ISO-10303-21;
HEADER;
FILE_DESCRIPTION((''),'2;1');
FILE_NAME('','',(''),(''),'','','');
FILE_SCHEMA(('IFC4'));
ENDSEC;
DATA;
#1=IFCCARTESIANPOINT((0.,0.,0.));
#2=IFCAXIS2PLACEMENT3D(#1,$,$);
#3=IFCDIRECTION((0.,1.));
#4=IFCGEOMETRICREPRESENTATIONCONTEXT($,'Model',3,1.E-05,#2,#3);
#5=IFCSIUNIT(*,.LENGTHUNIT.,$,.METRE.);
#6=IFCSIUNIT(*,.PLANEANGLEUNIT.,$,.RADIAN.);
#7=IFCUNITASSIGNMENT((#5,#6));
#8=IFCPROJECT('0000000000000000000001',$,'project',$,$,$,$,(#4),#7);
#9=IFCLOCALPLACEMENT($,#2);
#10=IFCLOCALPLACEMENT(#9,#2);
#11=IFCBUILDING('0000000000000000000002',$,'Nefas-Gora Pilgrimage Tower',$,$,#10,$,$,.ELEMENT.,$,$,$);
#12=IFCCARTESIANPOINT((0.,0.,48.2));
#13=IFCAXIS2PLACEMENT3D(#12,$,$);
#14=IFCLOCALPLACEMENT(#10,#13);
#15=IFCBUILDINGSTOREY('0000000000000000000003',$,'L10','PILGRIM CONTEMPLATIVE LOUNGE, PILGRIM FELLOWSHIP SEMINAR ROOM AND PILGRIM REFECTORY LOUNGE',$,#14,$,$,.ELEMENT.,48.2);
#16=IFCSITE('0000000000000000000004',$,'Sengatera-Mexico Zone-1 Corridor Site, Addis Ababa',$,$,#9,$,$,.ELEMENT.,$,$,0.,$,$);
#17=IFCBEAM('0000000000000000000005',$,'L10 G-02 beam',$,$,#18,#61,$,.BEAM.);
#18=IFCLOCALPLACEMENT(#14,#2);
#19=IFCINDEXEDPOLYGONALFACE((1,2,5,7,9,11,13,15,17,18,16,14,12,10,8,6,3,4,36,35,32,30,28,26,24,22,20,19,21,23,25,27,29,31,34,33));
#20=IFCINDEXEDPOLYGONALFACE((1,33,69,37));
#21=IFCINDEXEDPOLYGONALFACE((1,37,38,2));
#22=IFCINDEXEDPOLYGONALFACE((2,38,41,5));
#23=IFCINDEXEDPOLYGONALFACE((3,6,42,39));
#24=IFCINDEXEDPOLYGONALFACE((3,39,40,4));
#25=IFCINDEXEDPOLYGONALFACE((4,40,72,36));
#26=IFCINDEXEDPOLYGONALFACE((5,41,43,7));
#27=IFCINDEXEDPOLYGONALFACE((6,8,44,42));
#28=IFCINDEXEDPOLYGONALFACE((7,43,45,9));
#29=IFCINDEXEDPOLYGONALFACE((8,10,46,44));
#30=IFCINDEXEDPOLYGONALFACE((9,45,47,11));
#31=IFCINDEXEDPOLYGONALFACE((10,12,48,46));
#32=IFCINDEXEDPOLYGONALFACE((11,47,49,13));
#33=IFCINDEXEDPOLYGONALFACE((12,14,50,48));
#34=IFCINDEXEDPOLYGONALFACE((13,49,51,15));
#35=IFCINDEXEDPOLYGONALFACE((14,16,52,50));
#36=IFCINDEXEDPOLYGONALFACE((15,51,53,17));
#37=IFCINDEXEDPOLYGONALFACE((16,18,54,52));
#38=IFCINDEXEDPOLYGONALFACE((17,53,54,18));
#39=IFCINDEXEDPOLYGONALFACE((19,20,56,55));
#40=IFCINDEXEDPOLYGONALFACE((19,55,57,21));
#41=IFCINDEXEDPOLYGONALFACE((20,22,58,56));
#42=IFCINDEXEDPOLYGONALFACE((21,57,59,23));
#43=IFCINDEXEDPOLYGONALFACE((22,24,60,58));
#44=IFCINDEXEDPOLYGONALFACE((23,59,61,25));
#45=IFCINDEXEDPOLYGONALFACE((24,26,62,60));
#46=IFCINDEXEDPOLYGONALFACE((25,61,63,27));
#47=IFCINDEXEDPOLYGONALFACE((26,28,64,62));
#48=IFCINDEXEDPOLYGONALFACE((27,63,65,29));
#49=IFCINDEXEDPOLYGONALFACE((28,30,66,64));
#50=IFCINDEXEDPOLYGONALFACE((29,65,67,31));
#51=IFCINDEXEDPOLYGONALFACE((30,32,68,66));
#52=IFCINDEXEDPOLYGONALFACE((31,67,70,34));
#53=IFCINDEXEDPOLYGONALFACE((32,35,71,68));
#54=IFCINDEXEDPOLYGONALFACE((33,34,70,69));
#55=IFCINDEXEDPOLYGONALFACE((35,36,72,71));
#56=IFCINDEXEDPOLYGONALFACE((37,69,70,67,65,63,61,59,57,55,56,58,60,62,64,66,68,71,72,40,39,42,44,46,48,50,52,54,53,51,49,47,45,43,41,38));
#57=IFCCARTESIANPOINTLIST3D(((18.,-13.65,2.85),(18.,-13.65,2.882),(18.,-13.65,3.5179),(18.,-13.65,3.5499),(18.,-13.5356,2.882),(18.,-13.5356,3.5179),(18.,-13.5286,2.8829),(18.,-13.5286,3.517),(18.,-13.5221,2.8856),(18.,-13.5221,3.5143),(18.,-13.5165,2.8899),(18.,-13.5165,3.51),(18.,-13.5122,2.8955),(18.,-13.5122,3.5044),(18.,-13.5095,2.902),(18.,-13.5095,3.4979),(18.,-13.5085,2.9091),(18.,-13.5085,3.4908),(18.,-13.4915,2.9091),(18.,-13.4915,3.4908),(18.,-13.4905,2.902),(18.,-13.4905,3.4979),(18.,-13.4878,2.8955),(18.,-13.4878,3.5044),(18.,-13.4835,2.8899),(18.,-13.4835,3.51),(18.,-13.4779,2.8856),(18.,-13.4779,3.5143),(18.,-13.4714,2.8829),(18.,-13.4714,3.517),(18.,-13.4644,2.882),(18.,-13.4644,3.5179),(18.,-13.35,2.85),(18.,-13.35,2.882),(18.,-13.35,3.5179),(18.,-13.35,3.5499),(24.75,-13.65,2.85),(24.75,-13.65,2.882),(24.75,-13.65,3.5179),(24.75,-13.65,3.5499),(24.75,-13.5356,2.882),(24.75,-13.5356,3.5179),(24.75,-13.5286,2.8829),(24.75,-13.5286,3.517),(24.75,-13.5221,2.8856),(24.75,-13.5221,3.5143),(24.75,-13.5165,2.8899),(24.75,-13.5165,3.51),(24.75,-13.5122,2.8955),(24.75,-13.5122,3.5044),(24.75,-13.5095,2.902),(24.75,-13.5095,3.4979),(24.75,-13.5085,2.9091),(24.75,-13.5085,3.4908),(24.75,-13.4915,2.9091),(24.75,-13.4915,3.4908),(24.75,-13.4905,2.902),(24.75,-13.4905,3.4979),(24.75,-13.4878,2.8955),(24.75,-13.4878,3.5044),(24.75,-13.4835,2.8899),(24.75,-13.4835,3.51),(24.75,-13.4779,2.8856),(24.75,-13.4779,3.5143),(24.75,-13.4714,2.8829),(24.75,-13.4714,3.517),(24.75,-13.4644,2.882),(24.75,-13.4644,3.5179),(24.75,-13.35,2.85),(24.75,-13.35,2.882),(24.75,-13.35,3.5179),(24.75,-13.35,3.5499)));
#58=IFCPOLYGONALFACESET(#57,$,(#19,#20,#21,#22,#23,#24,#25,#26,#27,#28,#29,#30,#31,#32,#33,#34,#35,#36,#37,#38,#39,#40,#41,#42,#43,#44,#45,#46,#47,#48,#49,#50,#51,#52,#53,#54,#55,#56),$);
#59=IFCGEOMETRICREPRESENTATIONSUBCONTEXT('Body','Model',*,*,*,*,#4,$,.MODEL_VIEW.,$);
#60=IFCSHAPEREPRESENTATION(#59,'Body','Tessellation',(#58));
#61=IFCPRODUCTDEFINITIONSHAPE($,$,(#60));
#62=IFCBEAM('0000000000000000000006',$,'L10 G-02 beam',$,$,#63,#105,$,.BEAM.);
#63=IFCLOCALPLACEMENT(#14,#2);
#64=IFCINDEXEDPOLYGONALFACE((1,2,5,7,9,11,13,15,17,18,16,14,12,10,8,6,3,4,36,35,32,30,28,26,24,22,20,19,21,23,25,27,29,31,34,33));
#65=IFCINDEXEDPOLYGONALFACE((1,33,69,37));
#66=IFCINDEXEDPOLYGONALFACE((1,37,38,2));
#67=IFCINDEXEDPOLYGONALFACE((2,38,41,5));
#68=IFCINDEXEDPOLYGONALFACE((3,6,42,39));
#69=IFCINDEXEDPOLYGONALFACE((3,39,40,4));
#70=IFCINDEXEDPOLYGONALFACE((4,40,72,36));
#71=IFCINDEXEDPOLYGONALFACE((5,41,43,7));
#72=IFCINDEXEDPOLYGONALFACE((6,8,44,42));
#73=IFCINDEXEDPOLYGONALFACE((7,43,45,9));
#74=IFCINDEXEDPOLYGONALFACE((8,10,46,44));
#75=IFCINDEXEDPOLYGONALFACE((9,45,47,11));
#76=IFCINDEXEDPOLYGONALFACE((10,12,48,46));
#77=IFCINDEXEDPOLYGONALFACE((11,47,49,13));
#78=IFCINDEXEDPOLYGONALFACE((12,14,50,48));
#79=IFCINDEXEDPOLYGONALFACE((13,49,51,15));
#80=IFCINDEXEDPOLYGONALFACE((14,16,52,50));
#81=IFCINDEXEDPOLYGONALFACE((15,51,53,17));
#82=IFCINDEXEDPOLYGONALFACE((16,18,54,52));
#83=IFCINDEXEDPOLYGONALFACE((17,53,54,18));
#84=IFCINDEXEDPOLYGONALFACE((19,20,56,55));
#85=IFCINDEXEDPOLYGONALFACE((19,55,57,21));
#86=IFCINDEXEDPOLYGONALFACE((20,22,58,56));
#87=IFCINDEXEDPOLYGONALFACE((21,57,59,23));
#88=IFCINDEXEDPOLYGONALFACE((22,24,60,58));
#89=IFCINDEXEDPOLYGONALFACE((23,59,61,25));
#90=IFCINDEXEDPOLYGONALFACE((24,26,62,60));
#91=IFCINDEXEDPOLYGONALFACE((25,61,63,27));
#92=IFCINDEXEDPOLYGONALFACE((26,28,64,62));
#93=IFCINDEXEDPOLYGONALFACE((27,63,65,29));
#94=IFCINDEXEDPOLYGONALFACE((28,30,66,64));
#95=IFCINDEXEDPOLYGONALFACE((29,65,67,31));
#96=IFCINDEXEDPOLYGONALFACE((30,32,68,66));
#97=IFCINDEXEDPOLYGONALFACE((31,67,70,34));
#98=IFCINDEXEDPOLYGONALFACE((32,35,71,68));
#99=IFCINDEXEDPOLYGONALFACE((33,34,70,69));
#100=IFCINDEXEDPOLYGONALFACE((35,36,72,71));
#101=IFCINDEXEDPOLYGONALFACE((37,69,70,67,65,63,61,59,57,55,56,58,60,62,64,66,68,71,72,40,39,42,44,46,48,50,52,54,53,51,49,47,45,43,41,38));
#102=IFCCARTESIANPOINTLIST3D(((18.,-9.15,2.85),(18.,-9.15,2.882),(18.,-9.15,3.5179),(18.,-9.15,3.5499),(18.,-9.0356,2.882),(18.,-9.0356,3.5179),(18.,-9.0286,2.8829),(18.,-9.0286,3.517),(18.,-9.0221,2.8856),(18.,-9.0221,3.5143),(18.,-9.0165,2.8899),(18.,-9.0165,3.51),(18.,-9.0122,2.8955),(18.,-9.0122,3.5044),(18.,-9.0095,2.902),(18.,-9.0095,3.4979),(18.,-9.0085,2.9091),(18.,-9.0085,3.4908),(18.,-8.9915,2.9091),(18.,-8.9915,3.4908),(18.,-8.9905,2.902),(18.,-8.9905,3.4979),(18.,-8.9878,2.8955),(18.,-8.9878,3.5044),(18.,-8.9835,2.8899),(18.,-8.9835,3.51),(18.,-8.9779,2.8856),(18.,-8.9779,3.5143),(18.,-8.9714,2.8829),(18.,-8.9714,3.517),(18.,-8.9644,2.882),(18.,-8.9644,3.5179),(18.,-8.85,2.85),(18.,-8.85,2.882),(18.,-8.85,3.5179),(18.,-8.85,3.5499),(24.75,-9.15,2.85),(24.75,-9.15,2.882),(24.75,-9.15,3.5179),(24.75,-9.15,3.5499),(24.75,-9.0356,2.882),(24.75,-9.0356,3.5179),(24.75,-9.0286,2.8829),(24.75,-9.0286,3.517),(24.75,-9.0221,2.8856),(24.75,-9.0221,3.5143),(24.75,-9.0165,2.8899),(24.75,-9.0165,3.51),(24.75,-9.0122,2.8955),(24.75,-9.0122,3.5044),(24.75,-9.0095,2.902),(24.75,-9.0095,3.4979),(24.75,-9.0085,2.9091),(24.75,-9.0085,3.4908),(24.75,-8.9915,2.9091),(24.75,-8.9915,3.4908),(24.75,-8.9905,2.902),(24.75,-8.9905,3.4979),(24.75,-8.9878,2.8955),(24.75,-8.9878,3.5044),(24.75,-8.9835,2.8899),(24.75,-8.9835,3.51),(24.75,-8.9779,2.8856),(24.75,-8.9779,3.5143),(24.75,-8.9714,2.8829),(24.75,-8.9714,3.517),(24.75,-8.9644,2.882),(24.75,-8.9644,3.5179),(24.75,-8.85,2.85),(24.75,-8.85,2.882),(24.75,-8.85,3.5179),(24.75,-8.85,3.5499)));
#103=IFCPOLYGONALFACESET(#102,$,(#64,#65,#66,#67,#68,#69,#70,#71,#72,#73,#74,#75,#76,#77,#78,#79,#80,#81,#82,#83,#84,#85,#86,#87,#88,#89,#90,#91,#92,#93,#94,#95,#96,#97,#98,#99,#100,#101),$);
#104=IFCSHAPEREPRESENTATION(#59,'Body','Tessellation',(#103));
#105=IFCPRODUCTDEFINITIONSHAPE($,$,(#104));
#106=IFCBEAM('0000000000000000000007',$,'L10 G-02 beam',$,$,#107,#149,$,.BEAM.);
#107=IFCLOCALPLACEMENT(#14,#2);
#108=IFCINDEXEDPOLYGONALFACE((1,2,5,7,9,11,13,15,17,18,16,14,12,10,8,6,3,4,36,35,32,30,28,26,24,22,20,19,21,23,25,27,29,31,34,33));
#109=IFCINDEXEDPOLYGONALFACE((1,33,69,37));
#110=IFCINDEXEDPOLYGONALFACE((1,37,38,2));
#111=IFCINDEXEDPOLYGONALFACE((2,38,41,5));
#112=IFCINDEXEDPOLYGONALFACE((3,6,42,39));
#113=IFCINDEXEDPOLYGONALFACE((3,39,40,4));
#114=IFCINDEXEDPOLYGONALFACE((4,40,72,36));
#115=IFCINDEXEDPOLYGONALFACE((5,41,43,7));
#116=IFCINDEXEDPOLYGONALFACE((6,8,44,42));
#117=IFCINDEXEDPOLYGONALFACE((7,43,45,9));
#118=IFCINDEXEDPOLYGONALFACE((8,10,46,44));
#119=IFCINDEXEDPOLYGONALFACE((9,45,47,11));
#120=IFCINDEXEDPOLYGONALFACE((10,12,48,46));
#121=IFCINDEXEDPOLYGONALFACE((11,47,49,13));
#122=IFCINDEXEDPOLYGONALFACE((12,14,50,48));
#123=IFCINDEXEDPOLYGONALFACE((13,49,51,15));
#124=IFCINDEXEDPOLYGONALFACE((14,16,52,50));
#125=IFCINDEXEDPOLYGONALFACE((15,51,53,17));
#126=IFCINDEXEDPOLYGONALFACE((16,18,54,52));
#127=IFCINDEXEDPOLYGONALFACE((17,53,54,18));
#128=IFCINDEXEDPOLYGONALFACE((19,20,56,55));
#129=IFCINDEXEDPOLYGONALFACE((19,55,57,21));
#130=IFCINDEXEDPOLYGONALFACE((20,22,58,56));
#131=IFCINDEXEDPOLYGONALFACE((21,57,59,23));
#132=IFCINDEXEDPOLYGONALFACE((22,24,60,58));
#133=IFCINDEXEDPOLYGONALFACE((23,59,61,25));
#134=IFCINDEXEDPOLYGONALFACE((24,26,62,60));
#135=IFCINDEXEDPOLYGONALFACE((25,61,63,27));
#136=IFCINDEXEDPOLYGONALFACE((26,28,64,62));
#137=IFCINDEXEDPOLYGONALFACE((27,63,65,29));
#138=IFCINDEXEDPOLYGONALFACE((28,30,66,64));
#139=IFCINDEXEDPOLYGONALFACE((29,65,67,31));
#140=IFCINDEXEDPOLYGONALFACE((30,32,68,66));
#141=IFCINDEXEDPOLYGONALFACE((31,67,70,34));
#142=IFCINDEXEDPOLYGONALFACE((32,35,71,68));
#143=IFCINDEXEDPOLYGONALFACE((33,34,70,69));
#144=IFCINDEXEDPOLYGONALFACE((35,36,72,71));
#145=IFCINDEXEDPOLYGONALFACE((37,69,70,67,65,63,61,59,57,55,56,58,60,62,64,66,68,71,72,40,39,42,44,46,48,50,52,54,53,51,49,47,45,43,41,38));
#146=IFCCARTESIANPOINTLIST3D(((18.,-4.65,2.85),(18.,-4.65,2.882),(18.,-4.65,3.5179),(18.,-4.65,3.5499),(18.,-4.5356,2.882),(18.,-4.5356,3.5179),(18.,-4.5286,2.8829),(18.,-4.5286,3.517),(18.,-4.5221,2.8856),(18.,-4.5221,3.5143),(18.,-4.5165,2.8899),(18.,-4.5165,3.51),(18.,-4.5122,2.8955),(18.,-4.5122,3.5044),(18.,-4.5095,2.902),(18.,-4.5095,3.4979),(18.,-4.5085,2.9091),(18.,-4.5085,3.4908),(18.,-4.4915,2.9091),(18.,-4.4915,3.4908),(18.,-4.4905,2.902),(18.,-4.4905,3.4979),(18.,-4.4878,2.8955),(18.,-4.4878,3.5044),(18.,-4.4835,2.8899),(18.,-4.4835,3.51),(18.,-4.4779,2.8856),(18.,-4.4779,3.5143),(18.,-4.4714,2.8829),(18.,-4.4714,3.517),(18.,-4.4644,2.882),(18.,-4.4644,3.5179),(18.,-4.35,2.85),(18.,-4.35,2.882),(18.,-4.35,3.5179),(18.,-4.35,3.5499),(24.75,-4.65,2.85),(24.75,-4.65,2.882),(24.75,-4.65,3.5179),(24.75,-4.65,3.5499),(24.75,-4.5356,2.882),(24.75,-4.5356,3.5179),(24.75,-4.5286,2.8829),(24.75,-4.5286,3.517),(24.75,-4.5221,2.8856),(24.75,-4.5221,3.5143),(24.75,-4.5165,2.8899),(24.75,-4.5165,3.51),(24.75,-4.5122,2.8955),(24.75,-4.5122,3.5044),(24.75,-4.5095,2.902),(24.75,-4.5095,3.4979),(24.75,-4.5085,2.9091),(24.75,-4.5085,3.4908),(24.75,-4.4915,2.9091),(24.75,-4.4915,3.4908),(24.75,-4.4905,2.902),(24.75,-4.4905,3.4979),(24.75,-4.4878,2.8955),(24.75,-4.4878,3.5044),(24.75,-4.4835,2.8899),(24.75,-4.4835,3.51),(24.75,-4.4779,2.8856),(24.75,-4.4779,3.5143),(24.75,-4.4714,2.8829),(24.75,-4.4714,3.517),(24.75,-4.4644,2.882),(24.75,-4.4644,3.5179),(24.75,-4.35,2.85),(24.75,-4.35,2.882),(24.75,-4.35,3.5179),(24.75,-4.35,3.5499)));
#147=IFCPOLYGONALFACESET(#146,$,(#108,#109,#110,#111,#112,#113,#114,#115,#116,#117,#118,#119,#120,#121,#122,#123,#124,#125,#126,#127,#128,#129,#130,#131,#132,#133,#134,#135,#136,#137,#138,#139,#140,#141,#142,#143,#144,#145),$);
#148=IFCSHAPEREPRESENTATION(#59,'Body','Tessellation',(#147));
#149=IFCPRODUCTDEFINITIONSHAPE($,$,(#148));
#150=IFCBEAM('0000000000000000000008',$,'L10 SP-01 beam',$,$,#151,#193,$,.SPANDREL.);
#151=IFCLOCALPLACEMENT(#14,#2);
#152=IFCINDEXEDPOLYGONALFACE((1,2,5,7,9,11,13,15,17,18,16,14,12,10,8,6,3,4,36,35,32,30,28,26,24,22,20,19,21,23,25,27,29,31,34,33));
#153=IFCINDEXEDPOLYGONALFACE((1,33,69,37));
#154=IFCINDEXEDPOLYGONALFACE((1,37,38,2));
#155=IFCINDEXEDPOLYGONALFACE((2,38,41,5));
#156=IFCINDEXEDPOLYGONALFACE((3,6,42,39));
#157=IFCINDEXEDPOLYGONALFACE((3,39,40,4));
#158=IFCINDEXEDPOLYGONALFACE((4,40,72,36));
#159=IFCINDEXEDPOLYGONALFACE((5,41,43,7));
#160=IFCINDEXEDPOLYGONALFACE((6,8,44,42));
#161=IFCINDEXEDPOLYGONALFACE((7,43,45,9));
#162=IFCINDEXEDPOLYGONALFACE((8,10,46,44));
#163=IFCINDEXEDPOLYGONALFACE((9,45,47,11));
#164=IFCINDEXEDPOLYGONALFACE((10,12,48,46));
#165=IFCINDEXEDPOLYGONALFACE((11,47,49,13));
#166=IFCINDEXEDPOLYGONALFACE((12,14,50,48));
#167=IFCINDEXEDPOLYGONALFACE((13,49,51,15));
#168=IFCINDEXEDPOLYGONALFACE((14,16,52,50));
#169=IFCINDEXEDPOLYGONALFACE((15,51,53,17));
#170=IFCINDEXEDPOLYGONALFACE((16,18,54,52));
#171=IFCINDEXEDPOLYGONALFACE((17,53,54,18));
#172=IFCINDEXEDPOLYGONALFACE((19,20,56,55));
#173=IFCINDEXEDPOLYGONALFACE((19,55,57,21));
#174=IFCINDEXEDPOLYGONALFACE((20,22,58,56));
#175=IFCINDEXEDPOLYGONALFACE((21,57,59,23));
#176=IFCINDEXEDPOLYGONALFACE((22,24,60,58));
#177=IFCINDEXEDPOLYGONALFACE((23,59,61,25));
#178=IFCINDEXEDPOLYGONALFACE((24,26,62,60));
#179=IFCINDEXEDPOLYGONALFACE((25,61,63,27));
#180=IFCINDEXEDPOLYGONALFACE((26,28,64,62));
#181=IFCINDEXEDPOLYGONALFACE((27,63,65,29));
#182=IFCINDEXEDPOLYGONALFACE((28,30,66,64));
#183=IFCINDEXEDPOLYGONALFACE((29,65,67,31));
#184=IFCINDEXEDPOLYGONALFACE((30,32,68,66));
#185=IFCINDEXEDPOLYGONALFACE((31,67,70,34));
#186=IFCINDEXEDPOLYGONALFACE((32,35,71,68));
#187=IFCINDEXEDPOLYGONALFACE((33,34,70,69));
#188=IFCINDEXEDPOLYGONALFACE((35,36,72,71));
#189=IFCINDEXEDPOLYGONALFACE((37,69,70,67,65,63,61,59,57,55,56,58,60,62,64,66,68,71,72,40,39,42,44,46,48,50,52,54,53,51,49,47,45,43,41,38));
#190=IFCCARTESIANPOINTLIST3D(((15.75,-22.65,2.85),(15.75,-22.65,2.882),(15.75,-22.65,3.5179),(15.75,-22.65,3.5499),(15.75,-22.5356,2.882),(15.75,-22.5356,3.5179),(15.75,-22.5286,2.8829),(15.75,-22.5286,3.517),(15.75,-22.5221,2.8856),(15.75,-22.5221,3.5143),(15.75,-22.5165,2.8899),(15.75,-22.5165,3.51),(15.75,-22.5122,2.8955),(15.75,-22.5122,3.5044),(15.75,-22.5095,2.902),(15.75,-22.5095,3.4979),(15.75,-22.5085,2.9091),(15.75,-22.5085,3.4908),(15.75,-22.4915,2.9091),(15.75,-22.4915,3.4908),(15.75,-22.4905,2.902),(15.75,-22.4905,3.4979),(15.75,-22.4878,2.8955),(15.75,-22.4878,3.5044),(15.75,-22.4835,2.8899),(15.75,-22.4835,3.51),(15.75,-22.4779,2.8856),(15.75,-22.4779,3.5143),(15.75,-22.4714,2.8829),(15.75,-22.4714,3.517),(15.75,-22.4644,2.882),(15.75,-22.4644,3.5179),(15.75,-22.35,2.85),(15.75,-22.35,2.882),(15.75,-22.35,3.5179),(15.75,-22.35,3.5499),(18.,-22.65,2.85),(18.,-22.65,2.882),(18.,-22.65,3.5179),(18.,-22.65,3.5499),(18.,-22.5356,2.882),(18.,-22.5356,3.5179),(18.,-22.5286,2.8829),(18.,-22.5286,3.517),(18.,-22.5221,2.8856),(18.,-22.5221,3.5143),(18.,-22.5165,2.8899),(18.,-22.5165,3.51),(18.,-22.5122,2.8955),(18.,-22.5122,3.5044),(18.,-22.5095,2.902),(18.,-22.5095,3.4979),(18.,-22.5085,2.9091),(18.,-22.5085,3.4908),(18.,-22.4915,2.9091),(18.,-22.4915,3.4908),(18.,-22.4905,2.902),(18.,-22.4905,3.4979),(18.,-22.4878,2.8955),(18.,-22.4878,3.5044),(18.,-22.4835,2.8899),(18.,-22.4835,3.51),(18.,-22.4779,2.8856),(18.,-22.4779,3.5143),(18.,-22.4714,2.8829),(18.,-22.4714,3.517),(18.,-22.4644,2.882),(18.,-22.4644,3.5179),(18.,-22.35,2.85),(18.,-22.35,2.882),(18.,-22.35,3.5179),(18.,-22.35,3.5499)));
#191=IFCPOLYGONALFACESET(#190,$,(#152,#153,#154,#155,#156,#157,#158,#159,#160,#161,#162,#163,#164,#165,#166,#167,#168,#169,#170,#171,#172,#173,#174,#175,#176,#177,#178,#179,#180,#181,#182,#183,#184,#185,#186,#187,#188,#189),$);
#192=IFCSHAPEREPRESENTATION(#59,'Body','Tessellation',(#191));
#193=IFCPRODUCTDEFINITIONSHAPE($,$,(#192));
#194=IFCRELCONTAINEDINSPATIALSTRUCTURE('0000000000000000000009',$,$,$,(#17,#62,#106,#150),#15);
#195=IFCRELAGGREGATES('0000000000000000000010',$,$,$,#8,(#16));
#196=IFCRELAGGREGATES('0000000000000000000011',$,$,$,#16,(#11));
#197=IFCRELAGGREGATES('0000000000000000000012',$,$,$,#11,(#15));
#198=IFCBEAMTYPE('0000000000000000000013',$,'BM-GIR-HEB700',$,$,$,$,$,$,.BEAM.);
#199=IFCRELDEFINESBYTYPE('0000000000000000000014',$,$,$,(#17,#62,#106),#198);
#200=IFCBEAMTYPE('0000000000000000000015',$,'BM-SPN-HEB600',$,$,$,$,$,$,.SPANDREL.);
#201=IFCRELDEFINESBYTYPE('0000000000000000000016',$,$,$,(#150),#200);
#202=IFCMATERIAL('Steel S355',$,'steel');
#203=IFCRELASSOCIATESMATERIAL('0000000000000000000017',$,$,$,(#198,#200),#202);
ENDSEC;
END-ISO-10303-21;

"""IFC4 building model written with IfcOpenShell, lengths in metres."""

from ifc_helpers import new_model, si_unit, direction, frame, origin, origin_2d, place, context, subcontext, project, spatial, i_section, extrude, source, transform, mapped, material, material_profile, profile_set, type_object, element, save


model = new_model("IFC4")

# Units and contexts
model_context = context("Model", 3, precision=1e-05, world=origin(), true_north=direction((0.0, 1.0)))
body_context = subcontext(model_context, "Body", "Model", "MODEL_VIEW")
ifc_project = project(units=[si_unit("LENGTHUNIT", "METRE"), si_unit("PLANEANGLEUNIT", "RADIAN")], contexts=[model_context])

# Site, building, storey
site_placement = place(None, origin())
site = spatial("IfcSite", under=ifc_project, at=site_placement, Name="Sengatera-Mexico Zone-1 Corridor Site, Addis Ababa", CompositionType="ELEMENT", RefElevation=0.0)
building_placement = place(site_placement, origin())
building = spatial("IfcBuilding", under=site, at=building_placement, Name="Nefas-Gora Pilgrimage Tower", CompositionType="ELEMENT")
storey_placement = place(building_placement, frame((0.0, 0.0, 48.2)))
storey = spatial("IfcBuildingStorey", under=building, at=storey_placement, Name="L10", Description="PILGRIM CONTEMPLATIVE LOUNGE, PILGRIM FELLOWSHIP SEMINAR ROOM AND PILGRIM REFECTORY LOUNGE", CompositionType="ELEMENT", Elevation=48.2)

# Beams
ifc_material_1 = material(Name="Steel S355", Category="steel")
ifc_material_profile_1 = material_profile(ifc_material_1, i_section(OverallWidth=0.3, OverallDepth=0.7, WebThickness=0.0171, FlangeThickness=0.032, FilletRadius=0.0271, at=origin_2d()), Name="HEB 700")
ifc_profile_set_1 = profile_set([ifc_material_profile_1], Name="Steel S355")
beam_type_1 = type_object("IfcBeamType", Name="BM-GIR-HEB700", PredefinedType="BEAM", material=ifc_profile_set_1)
shared_shape_1 = source(origin(), body_context, "Body", "SweptSolid", [
    extrude(i_section(OverallWidth=0.3, OverallDepth=0.7, WebThickness=0.0171, FlangeThickness=0.032, FilletRadius=0.0271, at=origin_2d()), origin(), (0.0, 0.0, 1.0), 6.75),
])
for number, where, z_axis, x_axis, name in (
    (1, (18.0, -13.5, 3.2), (1.0, 0.0, 0.0), (0.0, 1.0, 0.0), "L10 G-02 beam"),
    (2, (18.0, -9.0, 3.2), (1.0, 0.0, 0.0), (0.0, 1.0, 0.0), "L10 G-02 beam"),
    (3, (18.0, -4.5, 3.2), (1.0, 0.0, 0.0), (0.0, 1.0, 0.0), "L10 G-02 beam"),
):
    element("IfcBeam", number, at=place(storey_placement, frame(where, z_axis=z_axis, x_axis=x_axis)), inside=storey, type_object=beam_type_1, Name=name, PredefinedType="BEAM", context=body_context, shape_type="MappedRepresentation", body=[
        mapped(shared_shape_1, transform((0.0, 0.0, 0.0), x_axis=(1.0, 0.0, 0.0), y_axis=(0.0, 1.0, 0.0), z_axis=(0.0, 0.0, 1.0), scale=1.0)),
    ])
ifc_material_profile_2 = material_profile(ifc_material_1, i_section(OverallWidth=0.3, OverallDepth=0.7, WebThickness=0.0171, FlangeThickness=0.032, FilletRadius=0.0271, at=origin_2d()), Name="HEB 700")
ifc_profile_set_2 = profile_set([ifc_material_profile_2], Name="Steel S355")
beam_type_2 = type_object("IfcBeamType", Name="BM-SPN-HEB600", PredefinedType="SPANDREL", material=ifc_profile_set_2)
shared_shape_2 = source(origin(), body_context, "Body", "SweptSolid", [
    extrude(i_section(OverallWidth=0.3, OverallDepth=0.7, WebThickness=0.0171, FlangeThickness=0.032, FilletRadius=0.0271, at=origin_2d()), origin(), (0.0, 0.0, 1.0), 2.25),
])
for number, where, z_axis, x_axis, name in (
    (4, (15.75, -22.5, 3.2), (1.0, 0.0, 0.0), (0.0, 1.0, 0.0), "L10 SP-01 beam"),
):
    element("IfcBeam", number, at=place(storey_placement, frame(where, z_axis=z_axis, x_axis=x_axis)), inside=storey, type_object=beam_type_2, Name=name, PredefinedType="SPANDREL", context=body_context, shape_type="MappedRepresentation", body=[
        mapped(shared_shape_2, transform((0.0, 0.0, 0.0), x_axis=(1.0, 0.0, 0.0), y_axis=(0.0, 1.0, 0.0), z_axis=(0.0, 0.0, 1.0), scale=1.0)),
    ])

save(model, "model.ifc")
